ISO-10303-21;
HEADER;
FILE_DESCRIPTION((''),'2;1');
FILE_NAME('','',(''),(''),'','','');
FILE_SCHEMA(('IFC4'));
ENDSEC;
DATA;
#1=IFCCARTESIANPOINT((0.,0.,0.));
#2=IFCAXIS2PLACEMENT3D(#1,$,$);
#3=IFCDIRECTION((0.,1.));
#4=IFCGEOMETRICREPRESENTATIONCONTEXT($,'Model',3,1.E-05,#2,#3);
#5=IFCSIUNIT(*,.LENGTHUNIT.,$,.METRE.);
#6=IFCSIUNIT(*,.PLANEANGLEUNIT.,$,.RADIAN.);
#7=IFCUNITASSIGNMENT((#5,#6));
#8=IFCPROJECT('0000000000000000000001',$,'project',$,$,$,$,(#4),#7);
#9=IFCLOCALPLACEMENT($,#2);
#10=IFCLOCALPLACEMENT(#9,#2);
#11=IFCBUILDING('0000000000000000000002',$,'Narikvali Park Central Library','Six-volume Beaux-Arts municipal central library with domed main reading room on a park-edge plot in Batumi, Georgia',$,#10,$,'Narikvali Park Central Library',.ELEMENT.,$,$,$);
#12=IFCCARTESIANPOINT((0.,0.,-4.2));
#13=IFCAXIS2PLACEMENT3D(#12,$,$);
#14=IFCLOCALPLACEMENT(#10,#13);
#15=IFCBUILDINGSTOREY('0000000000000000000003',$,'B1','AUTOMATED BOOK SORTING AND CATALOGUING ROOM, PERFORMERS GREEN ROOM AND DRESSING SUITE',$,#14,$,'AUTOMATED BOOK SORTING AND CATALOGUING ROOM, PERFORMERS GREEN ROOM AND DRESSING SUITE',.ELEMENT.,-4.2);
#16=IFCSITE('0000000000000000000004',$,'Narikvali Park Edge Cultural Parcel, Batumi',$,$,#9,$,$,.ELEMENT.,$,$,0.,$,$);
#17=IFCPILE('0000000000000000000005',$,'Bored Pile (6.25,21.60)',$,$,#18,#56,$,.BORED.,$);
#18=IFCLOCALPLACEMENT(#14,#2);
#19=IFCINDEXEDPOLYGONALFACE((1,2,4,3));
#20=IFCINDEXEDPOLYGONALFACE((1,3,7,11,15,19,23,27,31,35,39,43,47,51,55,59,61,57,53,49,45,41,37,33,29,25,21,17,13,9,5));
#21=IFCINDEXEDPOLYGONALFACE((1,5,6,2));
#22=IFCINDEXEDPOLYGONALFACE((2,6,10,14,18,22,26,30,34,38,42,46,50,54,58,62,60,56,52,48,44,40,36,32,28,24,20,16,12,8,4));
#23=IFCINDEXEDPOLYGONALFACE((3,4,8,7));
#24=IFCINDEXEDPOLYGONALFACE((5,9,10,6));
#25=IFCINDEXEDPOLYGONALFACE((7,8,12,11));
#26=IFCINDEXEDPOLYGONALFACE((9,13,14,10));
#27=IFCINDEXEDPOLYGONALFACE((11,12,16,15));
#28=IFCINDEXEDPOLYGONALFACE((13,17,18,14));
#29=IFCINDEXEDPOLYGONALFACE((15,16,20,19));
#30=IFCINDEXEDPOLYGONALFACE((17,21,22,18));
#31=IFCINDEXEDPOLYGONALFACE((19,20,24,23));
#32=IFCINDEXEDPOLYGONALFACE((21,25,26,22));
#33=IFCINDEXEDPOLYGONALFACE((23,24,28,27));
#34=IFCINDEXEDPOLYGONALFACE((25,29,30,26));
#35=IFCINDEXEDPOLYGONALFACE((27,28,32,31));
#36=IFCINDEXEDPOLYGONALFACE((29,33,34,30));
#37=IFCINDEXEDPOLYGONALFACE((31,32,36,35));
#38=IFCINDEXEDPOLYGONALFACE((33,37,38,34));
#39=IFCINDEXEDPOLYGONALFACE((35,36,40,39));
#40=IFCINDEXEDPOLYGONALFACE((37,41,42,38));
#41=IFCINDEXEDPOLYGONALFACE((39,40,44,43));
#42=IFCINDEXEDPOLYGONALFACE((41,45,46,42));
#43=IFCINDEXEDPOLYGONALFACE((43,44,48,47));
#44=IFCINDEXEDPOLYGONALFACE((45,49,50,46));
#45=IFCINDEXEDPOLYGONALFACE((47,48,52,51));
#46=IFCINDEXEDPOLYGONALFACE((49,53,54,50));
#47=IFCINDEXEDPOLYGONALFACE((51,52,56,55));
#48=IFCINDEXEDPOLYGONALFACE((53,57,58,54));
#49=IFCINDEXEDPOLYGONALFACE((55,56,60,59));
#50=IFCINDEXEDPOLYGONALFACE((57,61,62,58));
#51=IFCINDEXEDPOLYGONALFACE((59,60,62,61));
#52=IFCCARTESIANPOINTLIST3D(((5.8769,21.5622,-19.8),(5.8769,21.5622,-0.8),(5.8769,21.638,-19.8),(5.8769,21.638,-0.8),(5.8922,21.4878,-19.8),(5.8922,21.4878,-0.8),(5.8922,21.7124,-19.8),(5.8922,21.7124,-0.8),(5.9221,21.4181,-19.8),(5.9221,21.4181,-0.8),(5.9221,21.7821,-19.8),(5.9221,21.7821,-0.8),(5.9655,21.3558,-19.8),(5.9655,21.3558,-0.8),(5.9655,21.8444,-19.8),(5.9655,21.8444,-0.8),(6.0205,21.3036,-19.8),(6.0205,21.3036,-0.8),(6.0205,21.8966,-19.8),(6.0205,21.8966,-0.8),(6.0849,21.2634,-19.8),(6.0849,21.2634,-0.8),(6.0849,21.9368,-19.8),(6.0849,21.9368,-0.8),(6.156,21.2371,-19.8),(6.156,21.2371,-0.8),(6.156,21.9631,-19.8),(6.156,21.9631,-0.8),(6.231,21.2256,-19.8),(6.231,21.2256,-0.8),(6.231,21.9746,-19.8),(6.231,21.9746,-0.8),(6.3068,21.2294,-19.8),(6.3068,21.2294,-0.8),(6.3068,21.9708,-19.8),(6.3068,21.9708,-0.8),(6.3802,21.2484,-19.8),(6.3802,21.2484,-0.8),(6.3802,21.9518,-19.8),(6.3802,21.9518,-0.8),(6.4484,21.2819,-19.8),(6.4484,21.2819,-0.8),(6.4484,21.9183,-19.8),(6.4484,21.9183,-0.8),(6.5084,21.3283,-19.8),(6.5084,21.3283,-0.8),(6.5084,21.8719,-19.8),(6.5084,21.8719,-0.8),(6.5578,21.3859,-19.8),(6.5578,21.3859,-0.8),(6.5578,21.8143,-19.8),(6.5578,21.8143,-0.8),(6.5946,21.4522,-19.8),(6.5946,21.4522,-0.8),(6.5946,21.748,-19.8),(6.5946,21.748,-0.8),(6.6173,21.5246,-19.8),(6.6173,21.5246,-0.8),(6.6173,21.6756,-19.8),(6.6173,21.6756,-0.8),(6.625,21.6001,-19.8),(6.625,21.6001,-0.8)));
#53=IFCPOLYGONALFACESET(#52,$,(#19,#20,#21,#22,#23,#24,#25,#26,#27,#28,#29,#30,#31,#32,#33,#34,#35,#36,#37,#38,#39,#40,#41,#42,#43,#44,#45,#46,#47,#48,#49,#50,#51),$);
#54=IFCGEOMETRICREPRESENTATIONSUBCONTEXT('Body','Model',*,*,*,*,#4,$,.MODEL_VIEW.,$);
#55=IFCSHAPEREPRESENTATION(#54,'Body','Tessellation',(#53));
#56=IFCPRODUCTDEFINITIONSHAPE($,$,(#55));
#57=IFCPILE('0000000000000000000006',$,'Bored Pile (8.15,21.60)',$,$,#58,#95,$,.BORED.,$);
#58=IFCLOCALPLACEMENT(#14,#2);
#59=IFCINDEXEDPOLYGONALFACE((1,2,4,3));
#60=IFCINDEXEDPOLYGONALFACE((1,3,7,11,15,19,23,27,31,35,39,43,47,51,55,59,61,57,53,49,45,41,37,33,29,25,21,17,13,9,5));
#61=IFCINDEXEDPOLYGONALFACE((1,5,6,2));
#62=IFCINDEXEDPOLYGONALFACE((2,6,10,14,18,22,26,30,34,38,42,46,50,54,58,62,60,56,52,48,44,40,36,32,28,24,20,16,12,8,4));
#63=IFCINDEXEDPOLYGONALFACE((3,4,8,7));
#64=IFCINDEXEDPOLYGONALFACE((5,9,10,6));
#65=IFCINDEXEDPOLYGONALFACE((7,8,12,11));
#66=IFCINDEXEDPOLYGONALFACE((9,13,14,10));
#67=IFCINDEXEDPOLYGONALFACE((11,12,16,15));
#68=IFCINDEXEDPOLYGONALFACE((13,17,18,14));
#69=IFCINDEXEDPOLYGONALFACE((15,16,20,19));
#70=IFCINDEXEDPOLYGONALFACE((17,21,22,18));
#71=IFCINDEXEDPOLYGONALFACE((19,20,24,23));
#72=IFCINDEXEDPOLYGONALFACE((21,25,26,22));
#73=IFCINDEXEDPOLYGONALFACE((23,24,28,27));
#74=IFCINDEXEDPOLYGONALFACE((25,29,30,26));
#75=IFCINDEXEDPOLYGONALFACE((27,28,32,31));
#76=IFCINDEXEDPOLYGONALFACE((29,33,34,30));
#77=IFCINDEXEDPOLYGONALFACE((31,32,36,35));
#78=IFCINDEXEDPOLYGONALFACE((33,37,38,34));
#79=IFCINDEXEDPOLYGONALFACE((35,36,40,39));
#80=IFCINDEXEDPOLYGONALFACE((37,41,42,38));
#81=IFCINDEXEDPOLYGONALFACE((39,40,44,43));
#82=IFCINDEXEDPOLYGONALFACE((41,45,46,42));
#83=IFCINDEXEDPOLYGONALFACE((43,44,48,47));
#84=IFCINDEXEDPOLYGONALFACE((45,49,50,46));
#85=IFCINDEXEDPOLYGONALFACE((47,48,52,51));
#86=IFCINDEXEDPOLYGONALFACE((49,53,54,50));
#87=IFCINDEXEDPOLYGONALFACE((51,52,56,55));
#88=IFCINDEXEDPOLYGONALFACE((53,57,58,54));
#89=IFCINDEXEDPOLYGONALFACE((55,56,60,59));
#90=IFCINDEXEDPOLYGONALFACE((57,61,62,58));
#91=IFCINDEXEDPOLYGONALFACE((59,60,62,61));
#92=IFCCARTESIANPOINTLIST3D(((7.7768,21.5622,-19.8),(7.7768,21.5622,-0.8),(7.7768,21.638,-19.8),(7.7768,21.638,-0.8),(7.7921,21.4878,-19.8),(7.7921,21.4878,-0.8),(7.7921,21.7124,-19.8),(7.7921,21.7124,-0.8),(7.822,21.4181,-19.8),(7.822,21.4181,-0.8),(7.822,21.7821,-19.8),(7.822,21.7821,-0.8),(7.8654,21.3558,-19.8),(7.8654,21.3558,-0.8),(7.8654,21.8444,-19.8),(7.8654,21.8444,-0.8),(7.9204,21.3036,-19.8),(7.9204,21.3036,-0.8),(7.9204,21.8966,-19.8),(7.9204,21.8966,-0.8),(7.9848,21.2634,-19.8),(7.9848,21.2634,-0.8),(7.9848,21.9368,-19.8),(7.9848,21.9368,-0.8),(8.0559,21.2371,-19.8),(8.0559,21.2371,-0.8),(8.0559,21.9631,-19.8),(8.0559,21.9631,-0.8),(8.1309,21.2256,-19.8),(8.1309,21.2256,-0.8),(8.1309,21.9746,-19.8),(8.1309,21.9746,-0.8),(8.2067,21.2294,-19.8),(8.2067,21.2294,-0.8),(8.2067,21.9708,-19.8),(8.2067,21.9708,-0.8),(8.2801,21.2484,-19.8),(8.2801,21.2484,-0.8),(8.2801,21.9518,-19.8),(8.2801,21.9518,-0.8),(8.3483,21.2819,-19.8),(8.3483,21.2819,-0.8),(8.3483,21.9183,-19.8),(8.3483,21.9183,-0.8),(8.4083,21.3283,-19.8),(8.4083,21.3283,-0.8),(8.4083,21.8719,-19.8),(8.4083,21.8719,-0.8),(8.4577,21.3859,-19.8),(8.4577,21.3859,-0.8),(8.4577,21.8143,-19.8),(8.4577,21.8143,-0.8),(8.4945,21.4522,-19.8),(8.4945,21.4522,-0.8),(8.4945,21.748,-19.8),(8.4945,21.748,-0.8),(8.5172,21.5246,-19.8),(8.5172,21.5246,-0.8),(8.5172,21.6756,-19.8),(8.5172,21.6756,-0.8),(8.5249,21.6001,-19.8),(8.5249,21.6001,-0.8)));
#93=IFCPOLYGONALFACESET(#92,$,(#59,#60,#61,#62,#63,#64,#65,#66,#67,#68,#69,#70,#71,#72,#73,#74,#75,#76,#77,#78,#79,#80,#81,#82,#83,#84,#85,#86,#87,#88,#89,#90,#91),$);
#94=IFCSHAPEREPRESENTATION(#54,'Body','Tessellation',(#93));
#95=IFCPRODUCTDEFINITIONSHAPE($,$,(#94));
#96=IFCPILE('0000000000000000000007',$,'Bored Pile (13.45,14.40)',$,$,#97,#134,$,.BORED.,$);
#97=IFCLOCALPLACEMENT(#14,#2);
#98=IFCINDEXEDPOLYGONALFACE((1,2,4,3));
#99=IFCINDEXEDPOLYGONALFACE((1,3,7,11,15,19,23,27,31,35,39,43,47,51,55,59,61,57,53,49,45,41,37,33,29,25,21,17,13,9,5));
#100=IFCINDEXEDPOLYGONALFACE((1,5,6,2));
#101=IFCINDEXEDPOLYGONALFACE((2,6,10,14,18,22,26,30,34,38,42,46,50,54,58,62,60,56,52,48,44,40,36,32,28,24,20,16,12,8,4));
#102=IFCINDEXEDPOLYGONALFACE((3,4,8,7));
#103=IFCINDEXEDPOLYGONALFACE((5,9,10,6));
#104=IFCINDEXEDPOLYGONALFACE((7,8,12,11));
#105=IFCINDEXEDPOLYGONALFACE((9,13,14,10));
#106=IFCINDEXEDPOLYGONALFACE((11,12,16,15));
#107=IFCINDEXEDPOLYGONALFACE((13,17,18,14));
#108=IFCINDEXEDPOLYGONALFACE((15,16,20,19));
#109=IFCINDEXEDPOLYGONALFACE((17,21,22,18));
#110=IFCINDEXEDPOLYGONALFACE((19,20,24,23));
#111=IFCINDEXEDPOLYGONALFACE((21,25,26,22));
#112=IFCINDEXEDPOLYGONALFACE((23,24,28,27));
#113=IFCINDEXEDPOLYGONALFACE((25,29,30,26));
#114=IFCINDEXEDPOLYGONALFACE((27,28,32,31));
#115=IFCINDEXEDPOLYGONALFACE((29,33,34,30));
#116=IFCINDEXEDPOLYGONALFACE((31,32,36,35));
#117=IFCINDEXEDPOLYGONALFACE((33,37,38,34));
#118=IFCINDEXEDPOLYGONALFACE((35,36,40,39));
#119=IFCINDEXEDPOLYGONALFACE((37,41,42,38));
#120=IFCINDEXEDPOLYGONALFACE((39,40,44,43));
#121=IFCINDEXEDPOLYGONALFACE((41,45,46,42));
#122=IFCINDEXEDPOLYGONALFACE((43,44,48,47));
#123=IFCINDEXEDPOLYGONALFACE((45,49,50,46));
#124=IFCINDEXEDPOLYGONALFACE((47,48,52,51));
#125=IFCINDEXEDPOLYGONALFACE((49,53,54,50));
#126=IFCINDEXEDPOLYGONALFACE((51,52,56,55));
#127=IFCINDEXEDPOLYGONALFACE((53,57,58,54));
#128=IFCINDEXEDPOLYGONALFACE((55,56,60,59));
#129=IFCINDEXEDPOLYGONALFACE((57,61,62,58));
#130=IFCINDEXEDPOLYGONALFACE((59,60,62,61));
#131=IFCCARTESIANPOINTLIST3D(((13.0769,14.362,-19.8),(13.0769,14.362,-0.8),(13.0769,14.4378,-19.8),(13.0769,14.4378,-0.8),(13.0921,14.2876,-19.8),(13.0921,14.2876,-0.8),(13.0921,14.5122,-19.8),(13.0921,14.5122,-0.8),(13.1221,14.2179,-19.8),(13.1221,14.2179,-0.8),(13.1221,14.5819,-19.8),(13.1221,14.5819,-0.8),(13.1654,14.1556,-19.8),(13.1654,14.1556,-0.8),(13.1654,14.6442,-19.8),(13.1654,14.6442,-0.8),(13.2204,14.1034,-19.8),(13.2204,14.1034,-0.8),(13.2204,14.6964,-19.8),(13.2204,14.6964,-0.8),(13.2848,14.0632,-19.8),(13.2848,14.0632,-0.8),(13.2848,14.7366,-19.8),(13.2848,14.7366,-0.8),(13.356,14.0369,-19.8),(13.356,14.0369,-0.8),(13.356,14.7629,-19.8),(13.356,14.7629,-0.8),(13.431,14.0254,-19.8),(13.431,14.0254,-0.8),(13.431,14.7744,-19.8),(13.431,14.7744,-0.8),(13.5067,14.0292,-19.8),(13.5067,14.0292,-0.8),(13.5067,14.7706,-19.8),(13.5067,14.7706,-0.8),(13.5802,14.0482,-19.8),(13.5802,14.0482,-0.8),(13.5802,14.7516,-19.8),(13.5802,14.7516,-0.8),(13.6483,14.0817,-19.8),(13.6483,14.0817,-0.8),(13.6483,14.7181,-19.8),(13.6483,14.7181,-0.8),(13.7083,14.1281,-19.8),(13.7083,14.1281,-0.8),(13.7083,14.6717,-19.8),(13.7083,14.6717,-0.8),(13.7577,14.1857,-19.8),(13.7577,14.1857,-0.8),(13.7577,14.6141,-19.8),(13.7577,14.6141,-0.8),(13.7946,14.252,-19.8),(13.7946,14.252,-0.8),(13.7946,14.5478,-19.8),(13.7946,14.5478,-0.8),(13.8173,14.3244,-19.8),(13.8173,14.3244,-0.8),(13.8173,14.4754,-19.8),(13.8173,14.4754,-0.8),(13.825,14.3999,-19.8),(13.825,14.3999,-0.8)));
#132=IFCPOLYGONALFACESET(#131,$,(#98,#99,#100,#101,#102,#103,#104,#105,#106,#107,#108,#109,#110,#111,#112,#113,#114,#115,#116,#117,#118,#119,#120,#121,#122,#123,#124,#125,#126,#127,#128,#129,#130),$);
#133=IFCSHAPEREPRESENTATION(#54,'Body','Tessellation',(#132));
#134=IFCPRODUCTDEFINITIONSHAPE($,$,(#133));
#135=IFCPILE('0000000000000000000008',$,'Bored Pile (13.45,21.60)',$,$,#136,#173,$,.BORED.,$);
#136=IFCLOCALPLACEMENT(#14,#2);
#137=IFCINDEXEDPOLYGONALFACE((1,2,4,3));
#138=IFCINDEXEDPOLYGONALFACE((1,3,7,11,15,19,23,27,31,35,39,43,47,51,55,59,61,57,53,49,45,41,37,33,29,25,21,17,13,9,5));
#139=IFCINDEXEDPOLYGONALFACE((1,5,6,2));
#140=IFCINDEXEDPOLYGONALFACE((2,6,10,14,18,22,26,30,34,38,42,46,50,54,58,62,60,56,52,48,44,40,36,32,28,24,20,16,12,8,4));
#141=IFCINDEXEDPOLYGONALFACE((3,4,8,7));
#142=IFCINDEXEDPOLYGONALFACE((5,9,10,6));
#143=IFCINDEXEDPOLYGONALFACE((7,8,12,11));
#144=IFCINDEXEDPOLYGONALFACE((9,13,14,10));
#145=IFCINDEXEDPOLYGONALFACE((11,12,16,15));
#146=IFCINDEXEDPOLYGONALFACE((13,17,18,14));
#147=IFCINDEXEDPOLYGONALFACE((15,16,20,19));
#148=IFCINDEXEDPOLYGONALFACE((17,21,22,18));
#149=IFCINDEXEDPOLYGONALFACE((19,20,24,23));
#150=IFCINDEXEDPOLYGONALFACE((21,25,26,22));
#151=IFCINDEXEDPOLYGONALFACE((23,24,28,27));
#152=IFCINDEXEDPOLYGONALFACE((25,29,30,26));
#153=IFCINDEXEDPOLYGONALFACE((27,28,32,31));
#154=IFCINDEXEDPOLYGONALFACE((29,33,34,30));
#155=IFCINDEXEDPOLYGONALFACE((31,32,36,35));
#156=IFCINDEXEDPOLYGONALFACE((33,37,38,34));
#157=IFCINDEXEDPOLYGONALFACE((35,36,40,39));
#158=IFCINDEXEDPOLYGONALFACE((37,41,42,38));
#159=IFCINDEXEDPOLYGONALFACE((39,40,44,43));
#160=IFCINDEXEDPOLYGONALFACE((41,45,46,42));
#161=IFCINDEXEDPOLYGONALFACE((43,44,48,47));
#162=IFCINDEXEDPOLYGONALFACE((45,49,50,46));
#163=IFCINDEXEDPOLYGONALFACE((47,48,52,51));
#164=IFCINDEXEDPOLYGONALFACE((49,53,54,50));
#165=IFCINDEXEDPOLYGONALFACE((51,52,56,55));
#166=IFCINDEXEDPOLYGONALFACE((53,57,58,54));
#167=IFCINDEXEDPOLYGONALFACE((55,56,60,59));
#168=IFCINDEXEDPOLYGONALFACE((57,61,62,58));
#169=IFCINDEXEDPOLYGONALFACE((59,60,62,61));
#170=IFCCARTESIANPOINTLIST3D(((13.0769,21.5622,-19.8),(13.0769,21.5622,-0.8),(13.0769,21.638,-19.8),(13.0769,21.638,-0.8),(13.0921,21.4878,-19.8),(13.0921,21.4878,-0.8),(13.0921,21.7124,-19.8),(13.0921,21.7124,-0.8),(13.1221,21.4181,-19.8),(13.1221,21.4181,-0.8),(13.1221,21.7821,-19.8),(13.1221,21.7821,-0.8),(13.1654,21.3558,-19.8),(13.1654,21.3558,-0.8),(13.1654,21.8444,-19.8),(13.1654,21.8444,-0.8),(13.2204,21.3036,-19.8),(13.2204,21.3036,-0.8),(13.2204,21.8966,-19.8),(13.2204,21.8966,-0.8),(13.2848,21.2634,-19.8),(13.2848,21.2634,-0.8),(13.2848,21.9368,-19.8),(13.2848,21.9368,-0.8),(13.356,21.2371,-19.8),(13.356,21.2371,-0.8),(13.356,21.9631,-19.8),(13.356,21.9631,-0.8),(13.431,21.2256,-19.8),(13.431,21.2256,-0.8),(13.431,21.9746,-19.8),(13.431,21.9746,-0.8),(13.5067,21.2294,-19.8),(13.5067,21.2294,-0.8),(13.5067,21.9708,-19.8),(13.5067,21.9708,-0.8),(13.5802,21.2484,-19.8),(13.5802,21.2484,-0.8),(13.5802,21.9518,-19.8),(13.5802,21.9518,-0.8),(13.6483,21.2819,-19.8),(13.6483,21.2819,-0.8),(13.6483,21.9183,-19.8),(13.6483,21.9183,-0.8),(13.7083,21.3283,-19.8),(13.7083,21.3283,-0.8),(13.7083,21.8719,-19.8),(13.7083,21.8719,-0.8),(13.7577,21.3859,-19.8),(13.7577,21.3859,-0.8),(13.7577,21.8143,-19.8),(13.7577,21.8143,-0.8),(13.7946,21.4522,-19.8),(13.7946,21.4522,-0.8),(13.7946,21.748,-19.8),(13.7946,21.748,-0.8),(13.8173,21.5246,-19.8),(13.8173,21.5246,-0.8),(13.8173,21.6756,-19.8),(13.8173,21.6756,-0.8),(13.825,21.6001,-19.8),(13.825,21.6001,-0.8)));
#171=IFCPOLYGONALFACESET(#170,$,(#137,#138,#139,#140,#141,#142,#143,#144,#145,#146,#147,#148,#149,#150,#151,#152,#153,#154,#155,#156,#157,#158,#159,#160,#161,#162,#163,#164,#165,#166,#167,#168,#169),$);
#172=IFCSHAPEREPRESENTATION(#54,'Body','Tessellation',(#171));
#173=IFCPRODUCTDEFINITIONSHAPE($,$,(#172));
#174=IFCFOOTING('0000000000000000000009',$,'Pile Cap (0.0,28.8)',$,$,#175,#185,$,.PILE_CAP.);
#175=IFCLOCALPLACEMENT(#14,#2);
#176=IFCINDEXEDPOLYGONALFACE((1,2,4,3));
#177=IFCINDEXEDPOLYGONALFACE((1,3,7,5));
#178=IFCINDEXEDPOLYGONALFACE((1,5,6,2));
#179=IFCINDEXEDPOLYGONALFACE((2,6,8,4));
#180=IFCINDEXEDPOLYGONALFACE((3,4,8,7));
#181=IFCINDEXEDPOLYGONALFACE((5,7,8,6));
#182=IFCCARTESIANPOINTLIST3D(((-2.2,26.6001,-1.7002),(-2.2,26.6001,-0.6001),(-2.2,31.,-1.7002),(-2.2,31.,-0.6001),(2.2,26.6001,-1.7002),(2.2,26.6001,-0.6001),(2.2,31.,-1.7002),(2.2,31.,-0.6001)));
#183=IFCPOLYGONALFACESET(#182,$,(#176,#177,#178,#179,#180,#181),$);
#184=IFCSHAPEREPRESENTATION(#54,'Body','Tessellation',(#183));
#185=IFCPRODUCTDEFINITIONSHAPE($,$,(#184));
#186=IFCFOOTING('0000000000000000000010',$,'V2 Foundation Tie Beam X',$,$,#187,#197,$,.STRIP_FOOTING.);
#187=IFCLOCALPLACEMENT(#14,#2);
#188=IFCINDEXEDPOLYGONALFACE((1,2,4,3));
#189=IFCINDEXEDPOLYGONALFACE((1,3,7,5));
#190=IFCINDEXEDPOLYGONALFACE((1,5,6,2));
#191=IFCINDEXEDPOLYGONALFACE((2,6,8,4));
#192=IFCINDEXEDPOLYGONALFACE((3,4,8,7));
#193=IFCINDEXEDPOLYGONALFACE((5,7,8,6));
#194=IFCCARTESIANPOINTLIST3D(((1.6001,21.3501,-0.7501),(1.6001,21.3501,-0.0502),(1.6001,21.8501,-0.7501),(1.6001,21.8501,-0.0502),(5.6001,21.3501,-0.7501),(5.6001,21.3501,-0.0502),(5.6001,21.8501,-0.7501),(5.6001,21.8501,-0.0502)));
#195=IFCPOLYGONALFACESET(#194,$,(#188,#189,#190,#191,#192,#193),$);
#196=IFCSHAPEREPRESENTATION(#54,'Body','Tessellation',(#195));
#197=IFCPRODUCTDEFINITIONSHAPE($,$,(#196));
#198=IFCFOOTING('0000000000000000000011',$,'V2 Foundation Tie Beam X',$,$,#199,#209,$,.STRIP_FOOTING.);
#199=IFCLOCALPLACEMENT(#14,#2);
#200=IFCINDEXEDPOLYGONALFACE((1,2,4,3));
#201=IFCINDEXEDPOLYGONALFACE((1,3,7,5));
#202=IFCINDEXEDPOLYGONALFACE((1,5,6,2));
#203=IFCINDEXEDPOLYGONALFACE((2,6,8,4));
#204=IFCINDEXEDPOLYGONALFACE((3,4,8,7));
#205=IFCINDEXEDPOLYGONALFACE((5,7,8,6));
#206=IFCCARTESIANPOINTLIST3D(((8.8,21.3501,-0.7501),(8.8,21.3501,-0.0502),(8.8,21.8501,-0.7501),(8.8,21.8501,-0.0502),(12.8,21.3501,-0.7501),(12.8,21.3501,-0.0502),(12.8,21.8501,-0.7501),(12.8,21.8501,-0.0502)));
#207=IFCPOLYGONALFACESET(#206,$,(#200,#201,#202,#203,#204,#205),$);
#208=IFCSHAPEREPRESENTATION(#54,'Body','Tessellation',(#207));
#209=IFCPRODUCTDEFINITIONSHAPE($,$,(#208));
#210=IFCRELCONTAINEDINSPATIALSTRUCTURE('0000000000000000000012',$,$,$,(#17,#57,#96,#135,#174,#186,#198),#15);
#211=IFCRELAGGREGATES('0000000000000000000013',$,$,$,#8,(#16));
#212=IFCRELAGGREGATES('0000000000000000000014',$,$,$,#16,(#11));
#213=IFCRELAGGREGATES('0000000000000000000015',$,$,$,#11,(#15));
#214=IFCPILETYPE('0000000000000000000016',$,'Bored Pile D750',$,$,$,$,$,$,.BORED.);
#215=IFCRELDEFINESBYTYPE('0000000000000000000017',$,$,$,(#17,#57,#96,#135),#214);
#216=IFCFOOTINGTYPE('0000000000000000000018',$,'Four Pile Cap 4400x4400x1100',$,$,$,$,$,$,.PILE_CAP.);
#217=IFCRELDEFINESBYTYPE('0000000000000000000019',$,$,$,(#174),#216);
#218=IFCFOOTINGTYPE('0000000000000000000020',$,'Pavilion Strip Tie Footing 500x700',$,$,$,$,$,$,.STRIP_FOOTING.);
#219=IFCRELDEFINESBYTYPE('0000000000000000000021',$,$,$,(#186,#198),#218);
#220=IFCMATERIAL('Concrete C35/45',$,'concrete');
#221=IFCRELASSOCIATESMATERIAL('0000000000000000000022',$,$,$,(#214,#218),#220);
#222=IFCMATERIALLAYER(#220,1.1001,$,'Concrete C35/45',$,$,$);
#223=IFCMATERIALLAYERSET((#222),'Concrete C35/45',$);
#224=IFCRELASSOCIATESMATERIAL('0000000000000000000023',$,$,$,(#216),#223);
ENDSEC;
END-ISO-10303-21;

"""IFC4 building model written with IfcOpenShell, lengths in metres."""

from ifc_helpers import new_model, si_unit, direction, frame, origin, origin_2d, place, context, subcontext, project, spatial, rectangle, circle, extrude, material, layer, layer_set, material_profile, profile_set, type_object, element, save


model = new_model("IFC4")

# Units and contexts
model_context = context("Model", 3, precision=1e-05, world=origin(), true_north=direction((0.0, 1.0)))
body_context = subcontext(model_context, "Body", "Model", "MODEL_VIEW")
ifc_project = project(units=[si_unit("LENGTHUNIT", "METRE"), si_unit("PLANEANGLEUNIT", "RADIAN")], contexts=[model_context])

# Site, building, storey
site_placement = place(None, origin())
site = spatial("IfcSite", under=ifc_project, at=site_placement, Name="Narikvali Park Edge Cultural Parcel, Batumi", CompositionType="ELEMENT", RefElevation=0.0)
building_placement = place(site_placement, origin())
building = spatial("IfcBuilding", under=site, at=building_placement, Name="Narikvali Park Central Library", Description="Six-volume Beaux-Arts municipal central library with domed main reading room on a park-edge plot in Batumi, Georgia", LongName="Narikvali Park Central Library", CompositionType="ELEMENT")
storey_placement = place(building_placement, frame((0.0, 0.0, -4.2)))
storey = spatial("IfcBuildingStorey", under=building, at=storey_placement, Name="B1", Description="AUTOMATED BOOK SORTING AND CATALOGUING ROOM, PERFORMERS GREEN ROOM AND DRESSING SUITE", LongName="AUTOMATED BOOK SORTING AND CATALOGUING ROOM, PERFORMERS GREEN ROOM AND DRESSING SUITE", CompositionType="ELEMENT", Elevation=-4.2)

# Piles
ifc_material_1 = material(Name="Concrete C35/45", Category="concrete")
ifc_material_profile_1 = material_profile(ifc_material_1, circle(Radius=0.375, at=origin_2d()), Name="PILE D750")
ifc_profile_set_1 = profile_set([ifc_material_profile_1], Name="Concrete C35/45")
pile_type_1 = type_object("IfcPileType", Name="Bored Pile D750", PredefinedType="BORED", material=ifc_profile_set_1)
for number, where, z_axis, x_axis, name in (
    (1, (6.25, 21.6001, -0.8), (0.0, 0.0, -1.0), (1.0, 0.0, 0.0), "Bored Pile (6.25,21.60)"),
    (2, (8.1499, 21.6001, -0.8), (0.0, 0.0, -1.0), (1.0, 0.0, 0.0), "Bored Pile (8.15,21.60)"),
    (3, (13.45, 14.3999, -0.8), (0.0, 0.0, -1.0), (1.0, 0.0, 0.0), "Bored Pile (13.45,14.40)"),
    (4, (13.45, 21.6001, -0.8), (0.0, 0.0, -1.0), (1.0, 0.0, 0.0), "Bored Pile (13.45,21.60)"),
):
    element("IfcPile", number, at=place(storey_placement, frame(where, z_axis=z_axis, x_axis=x_axis)), inside=storey, type_object=pile_type_1, Name=name, PredefinedType="BORED", context=body_context, shape_type="SweptSolid", body=[
        extrude(circle(Radius=0.375, at=origin_2d()), origin(), (0.0, 0.0, 1.0), 19.0),
    ])

# Footings
ifc_layer_1 = layer(ifc_material_1, 1.1001, Name="Concrete C35/45")
ifc_layer_set_1 = layer_set([ifc_layer_1], Name="Concrete C35/45")
footing_type_1 = type_object("IfcFootingType", Name="Four Pile Cap 4400x4400x1100", PredefinedType="PILE_CAP", material=ifc_layer_set_1)
footing_1_placement = place(storey_placement, frame((0.0, 28.8, -1.7002), z_axis=(0.0, 0.0, 1.0), x_axis=(1.0, 0.0, 0.0)))
element("IfcFooting", 5, at=footing_1_placement, inside=storey, type_object=footing_type_1, Name="Pile Cap (0.0,28.8)", PredefinedType="PILE_CAP", context=body_context, shape_type="SweptSolid", body=[
    extrude(rectangle(XDim=4.3999, YDim=4.3999, at=origin_2d()), origin(), (0.0, 0.0, 1.0), 1.1001),
])
ifc_material_profile_2 = material_profile(ifc_material_1, rectangle(XDim=0.5, YDim=0.7, at=origin_2d()), Name="RC GB 500x700")
ifc_profile_set_2 = profile_set([ifc_material_profile_2], Name="Concrete C35/45")
footing_type_2 = type_object("IfcFootingType", Name="Pavilion Strip Tie Footing 500x700", PredefinedType="STRIP_FOOTING", material=ifc_profile_set_2)
for number, where, z_axis, x_axis, name in (
    (6, (1.6001, 21.6001, -0.4001), (1.0, 0.0, 0.0), (0.0, 1.0, 0.0), "V2 Foundation Tie Beam X"),
    (7, (8.8, 21.6001, -0.4001), (1.0, 0.0, 0.0), (0.0, 1.0, 0.0), "V2 Foundation Tie Beam X"),
):
    element("IfcFooting", number, at=place(storey_placement, frame(where, z_axis=z_axis, x_axis=x_axis)), inside=storey, type_object=footing_type_2, Name=name, PredefinedType="STRIP_FOOTING", context=body_context, shape_type="SweptSolid", body=[
        extrude(rectangle(XDim=0.5, YDim=0.7, at=origin_2d()), origin(), (0.0, 0.0, 1.0), 4.0),
    ])

save(model, "model.ifc")
